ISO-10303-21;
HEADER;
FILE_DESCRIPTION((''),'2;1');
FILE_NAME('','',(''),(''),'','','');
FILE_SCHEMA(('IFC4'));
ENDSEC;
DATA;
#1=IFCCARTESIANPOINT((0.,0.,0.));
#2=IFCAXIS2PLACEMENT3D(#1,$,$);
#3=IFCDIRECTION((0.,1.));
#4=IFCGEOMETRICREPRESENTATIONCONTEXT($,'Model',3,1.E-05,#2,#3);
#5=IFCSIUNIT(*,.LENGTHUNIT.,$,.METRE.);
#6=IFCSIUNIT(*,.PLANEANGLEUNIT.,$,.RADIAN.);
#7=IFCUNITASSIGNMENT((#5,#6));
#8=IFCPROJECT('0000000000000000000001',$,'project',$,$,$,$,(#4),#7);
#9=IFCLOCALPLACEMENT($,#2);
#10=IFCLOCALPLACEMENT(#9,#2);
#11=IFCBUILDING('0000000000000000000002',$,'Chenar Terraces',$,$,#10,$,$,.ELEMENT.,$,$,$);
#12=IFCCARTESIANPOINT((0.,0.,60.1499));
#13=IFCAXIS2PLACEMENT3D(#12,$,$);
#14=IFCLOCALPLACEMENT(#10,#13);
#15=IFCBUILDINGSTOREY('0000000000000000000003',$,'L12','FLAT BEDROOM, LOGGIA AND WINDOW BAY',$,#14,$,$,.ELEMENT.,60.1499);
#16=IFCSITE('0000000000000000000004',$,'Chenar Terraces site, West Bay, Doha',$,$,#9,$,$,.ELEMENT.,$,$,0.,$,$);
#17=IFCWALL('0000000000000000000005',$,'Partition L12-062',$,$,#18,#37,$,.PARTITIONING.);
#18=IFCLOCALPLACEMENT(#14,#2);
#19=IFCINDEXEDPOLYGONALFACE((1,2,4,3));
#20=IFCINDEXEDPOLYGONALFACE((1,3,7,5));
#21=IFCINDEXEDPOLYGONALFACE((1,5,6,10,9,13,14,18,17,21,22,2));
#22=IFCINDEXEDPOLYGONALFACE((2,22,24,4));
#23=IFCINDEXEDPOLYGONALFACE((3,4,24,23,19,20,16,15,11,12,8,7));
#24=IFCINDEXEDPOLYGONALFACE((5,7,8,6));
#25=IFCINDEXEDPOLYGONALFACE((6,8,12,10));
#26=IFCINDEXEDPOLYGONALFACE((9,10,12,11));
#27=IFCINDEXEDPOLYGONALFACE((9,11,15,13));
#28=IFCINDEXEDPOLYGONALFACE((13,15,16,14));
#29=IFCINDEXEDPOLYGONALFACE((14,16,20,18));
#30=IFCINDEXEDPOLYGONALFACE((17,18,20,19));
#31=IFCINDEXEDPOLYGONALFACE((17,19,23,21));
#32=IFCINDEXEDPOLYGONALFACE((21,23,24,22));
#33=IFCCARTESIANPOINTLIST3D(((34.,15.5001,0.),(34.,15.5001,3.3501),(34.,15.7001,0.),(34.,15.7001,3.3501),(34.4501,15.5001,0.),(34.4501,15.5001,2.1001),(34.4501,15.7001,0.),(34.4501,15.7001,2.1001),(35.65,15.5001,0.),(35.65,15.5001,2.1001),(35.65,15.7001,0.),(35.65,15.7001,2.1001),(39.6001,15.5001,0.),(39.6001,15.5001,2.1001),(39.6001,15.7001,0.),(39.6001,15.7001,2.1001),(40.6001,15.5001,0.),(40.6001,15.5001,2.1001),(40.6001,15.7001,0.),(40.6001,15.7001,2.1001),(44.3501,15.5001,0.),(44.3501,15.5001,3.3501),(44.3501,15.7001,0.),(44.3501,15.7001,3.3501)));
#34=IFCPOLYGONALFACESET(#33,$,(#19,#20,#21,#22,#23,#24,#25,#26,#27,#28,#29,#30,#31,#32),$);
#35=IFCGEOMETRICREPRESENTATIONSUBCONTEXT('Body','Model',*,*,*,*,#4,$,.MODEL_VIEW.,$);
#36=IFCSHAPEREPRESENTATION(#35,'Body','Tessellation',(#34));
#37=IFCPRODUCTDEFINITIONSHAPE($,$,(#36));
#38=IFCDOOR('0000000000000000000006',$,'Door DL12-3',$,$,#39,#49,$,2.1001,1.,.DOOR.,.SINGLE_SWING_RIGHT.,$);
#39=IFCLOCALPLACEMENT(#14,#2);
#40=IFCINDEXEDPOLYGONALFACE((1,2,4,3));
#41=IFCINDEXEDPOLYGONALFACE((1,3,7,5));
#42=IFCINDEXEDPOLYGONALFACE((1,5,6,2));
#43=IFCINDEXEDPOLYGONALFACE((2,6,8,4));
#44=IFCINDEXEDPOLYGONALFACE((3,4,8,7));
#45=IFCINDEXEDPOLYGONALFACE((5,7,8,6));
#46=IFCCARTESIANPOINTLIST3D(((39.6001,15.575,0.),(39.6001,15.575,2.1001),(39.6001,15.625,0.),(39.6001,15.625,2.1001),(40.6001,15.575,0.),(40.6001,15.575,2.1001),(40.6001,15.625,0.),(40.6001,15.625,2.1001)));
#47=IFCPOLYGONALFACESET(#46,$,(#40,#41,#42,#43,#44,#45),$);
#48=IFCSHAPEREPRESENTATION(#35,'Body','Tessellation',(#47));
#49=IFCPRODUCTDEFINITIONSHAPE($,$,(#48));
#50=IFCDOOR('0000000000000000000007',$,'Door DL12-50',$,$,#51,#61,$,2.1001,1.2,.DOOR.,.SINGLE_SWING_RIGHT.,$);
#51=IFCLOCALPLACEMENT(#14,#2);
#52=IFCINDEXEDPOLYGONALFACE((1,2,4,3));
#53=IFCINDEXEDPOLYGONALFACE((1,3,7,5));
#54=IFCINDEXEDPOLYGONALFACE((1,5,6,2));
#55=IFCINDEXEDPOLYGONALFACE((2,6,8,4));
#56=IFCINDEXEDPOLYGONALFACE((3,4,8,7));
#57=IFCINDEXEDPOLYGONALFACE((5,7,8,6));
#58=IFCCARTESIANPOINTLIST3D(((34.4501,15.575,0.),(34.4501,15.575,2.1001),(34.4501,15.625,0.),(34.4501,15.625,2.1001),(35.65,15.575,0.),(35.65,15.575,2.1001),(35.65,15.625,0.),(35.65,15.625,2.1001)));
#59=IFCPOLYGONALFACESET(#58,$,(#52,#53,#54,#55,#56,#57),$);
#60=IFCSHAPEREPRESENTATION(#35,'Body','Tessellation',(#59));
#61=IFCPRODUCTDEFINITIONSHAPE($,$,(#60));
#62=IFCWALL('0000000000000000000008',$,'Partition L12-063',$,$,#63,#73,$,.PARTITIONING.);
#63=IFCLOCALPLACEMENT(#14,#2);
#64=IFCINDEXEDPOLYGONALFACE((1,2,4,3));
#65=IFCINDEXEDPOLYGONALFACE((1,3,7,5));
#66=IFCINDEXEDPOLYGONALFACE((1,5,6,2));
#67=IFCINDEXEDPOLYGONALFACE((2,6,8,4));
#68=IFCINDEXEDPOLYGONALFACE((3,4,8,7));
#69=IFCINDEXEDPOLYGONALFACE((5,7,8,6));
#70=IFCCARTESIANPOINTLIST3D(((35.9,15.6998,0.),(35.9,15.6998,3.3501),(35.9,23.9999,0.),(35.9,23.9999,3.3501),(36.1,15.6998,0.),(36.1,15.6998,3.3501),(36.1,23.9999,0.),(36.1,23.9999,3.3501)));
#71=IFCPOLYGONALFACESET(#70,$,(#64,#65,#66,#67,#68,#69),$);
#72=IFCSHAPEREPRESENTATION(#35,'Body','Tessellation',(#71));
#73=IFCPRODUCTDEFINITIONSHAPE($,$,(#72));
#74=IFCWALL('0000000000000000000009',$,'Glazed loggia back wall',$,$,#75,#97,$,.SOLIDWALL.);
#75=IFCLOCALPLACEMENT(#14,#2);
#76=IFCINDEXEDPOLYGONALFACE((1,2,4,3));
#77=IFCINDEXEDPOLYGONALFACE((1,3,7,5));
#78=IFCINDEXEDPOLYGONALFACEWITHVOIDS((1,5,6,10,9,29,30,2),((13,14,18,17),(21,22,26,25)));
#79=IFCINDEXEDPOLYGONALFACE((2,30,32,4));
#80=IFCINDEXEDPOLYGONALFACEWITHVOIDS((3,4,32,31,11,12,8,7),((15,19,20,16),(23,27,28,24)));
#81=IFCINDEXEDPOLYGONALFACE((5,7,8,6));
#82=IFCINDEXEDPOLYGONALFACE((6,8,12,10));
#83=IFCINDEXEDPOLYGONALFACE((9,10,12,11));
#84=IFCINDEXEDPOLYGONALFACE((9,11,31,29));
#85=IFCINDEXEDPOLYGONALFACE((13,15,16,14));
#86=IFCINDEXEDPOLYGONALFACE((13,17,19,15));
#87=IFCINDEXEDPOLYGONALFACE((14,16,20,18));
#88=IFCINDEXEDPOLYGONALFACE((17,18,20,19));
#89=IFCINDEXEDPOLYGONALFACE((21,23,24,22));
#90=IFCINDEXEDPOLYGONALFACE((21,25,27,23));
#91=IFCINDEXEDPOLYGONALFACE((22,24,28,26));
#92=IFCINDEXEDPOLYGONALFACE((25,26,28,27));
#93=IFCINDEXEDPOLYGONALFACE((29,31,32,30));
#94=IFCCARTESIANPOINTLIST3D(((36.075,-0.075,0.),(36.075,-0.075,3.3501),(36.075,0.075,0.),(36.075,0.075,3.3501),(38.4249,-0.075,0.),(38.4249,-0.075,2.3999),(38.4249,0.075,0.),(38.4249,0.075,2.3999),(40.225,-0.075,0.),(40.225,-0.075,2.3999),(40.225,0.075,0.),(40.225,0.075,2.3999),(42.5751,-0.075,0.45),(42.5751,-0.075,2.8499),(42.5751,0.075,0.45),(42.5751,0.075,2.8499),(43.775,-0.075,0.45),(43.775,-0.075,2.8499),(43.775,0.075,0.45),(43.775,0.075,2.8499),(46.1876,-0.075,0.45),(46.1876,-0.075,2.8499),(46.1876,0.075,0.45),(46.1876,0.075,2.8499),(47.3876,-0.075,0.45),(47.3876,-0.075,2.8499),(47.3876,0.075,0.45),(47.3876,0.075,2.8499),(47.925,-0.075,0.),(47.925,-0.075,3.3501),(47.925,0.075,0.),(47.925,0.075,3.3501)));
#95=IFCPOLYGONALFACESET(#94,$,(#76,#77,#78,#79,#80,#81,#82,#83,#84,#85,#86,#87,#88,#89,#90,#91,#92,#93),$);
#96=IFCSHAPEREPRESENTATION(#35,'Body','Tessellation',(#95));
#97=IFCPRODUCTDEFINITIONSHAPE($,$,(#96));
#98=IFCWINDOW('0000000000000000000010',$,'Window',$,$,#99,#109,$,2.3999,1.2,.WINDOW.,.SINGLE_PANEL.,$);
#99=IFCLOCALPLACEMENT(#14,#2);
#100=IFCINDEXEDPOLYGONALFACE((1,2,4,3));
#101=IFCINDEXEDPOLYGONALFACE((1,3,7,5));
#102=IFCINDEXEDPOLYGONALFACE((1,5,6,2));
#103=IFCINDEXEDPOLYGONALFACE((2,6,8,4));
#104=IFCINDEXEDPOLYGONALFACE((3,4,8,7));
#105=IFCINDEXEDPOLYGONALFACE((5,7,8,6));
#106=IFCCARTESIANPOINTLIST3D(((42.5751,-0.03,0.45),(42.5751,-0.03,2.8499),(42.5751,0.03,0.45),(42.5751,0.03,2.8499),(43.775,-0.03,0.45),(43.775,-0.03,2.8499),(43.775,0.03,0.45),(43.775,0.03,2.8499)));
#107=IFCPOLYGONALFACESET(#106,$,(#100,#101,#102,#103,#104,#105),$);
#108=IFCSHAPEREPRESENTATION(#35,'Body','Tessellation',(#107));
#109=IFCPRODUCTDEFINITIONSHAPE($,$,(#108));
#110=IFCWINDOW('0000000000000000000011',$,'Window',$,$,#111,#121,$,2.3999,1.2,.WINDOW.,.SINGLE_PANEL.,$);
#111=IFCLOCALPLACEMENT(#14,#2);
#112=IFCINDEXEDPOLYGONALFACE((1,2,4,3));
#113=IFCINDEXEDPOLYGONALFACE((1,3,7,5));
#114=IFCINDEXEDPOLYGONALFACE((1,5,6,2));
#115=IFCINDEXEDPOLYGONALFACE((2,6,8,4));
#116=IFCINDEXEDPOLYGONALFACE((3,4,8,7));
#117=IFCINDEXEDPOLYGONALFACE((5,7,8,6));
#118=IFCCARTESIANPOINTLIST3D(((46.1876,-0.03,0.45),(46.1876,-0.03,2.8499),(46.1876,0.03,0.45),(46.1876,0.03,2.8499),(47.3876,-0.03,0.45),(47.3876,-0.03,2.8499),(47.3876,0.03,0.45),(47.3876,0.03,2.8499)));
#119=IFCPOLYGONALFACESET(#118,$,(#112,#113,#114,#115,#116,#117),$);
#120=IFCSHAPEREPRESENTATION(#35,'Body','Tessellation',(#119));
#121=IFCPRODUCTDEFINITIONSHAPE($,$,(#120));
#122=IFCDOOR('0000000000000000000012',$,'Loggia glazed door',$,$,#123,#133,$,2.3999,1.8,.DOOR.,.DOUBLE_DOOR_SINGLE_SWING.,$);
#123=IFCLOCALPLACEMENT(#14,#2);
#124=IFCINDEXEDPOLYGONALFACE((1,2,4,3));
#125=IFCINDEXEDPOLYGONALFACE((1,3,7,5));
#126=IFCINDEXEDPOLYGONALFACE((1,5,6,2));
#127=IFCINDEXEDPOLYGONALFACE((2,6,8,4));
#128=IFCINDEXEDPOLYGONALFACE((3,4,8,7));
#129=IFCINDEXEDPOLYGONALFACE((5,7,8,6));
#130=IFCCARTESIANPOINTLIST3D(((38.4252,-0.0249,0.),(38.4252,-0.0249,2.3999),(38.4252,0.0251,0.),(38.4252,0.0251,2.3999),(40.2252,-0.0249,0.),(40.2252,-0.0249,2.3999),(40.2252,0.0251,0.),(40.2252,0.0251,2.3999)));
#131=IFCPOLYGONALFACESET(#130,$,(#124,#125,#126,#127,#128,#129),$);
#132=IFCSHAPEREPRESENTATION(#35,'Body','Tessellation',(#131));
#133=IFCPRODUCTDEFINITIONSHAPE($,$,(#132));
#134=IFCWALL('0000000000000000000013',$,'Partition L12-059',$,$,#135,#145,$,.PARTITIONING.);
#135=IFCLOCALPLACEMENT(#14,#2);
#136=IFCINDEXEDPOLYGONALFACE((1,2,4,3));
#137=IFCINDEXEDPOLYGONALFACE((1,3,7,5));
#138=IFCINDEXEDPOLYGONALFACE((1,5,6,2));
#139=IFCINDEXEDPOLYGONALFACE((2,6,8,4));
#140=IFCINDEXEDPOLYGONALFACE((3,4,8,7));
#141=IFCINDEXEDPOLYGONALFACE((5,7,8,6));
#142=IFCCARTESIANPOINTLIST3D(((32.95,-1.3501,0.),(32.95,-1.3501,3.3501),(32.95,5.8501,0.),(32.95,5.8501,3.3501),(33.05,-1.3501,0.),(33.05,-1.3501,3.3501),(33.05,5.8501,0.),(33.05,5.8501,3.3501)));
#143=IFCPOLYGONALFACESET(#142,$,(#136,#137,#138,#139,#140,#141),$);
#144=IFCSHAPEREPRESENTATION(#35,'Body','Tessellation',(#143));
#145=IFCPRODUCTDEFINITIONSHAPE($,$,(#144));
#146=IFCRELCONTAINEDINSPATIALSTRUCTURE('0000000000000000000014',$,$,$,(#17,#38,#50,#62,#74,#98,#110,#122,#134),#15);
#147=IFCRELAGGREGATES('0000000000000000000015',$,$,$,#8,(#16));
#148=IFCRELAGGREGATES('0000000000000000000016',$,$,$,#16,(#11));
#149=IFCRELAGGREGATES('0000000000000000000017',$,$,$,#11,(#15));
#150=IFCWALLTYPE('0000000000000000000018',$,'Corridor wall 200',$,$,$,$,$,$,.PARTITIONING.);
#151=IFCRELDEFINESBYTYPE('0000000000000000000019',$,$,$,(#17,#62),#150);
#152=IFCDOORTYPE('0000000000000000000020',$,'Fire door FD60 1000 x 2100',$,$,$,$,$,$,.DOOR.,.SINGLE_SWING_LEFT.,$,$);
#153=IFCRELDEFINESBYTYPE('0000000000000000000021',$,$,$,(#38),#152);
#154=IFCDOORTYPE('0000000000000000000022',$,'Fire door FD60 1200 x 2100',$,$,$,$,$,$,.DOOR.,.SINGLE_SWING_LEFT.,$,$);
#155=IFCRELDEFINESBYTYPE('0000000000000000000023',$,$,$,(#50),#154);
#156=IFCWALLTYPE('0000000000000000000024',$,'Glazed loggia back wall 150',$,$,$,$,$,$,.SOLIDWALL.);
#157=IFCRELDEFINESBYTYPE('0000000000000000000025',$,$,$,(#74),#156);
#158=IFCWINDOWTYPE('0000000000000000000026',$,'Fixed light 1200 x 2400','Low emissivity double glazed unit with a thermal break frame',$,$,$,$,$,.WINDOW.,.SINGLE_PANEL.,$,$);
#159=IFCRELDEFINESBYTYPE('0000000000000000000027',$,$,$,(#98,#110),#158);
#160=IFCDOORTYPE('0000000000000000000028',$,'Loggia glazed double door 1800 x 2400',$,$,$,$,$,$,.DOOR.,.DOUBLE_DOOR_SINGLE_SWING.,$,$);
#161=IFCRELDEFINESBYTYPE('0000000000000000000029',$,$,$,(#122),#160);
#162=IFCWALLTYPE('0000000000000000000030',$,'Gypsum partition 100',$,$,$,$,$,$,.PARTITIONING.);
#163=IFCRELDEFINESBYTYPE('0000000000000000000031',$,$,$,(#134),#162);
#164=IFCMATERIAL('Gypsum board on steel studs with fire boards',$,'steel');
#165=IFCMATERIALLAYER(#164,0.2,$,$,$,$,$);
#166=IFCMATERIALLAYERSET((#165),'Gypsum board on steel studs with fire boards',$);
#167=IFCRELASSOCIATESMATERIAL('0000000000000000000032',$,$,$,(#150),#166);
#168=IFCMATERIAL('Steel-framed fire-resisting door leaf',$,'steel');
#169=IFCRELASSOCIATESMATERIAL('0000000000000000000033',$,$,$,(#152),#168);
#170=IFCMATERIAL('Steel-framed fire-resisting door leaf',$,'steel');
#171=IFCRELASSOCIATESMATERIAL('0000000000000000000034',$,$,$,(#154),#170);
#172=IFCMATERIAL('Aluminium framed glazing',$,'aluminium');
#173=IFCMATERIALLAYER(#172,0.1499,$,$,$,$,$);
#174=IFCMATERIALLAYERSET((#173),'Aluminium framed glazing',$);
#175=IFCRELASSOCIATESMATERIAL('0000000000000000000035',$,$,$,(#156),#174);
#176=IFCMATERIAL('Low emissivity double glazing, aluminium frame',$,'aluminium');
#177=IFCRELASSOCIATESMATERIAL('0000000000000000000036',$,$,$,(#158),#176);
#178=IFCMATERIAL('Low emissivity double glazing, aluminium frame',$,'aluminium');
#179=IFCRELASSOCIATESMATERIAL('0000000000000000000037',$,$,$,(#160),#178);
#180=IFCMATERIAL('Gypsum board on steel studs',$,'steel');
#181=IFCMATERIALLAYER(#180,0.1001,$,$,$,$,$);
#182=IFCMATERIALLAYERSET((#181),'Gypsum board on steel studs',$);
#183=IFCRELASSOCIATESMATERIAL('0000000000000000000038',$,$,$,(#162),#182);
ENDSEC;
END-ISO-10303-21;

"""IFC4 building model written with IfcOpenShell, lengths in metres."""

from ifc_helpers import new_model, si_unit, direction, frame, frame_2d, origin, place, context, subcontext, project, spatial, rectangle, extrude, material, layer, layer_set, type_object, element, fill, save


model = new_model("IFC4")

# Units and contexts
model_context = context("Model", 3, precision=1e-05, world=origin(), true_north=direction((0.0, 1.0)))
body_context = subcontext(model_context, "Body", "Model", "MODEL_VIEW")
ifc_project = project(units=[si_unit("LENGTHUNIT", "METRE"), si_unit("PLANEANGLEUNIT", "RADIAN")], contexts=[model_context])

# Site, building, storey
site_placement = place(None, origin())
site = spatial("IfcSite", under=ifc_project, at=site_placement, Name="Chenar Terraces site, West Bay, Doha", CompositionType="ELEMENT", RefElevation=0.0)
building_placement = place(site_placement, origin())
building = spatial("IfcBuilding", under=site, at=building_placement, Name="Chenar Terraces", CompositionType="ELEMENT")
storey_placement = place(building_placement, frame((0.0, 0.0, 60.1499)))
storey = spatial("IfcBuildingStorey", under=building, at=storey_placement, Name="L12", Description="FLAT BEDROOM, LOGGIA AND WINDOW BAY", CompositionType="ELEMENT", Elevation=60.1499)

# Shared definitions
ifc_material_1 = material(Name="Gypsum board on steel studs with fire boards", Category="steel")
ifc_layer_1 = layer(ifc_material_1, 0.2)
ifc_layer_set_1 = layer_set([ifc_layer_1], Name="Gypsum board on steel studs with fire boards")
wall_type_1 = type_object("IfcWallType", Name="Corridor wall 200", PredefinedType="PARTITIONING", material=ifc_layer_set_1)

# Wall, openings, doors
wall_1_placement = place(storey_placement, frame((34.0, 15.6001, 0.0), z_axis=(0.0, 0.0, 1.0), x_axis=(1.0, 0.0, 0.0)))
wall_1 = element("IfcWall", 1, at=wall_1_placement, inside=storey, type_object=wall_type_1, Name="Partition L12-062", PredefinedType="PARTITIONING", context=body_context, shape_type="SweptSolid", body=[
    extrude(rectangle(XDim=10.3501, YDim=0.2, at=frame_2d((5.175, 0.0))), origin(), (0.0, 0.0, 1.0), 3.3501),
])
opening_1_placement = place(wall_1_placement, frame((5.6001, 0.0, 0.0)))
opening_1 = element("IfcOpeningElement", 2, at=opening_1_placement, cuts=wall_1, PredefinedType="OPENING", context=body_context, shape_type="SweptSolid", body=[
    extrude(rectangle(XDim=1.0, YDim=2.1001, at=frame_2d((0.5, 1.05))), frame((0.0, 0.1099, 0.0), z_axis=(0.0, -1.0, 0.0), x_axis=(1.0, 0.0, 0.0)), (0.0, 0.0, 1.0), 0.22),
])
opening_2_placement = place(wall_1_placement, frame((0.45, 0.0, 0.0)))
opening_2 = element("IfcOpeningElement", 3, at=opening_2_placement, cuts=wall_1, PredefinedType="OPENING", context=body_context, shape_type="SweptSolid", body=[
    extrude(rectangle(XDim=1.2, YDim=2.1001, at=frame_2d((0.6001, 1.05))), frame((0.0, 0.1099, 0.0), z_axis=(0.0, -1.0, 0.0), x_axis=(1.0, 0.0, 0.0)), (0.0, 0.0, 1.0), 0.22),
])
ifc_material_2 = material(Name="Steel-framed fire-resisting door leaf", Category="steel")
door_type_1 = type_object("IfcDoorType", Name="Fire door FD60 1000 x 2100", OperationType="SINGLE_SWING_LEFT", PredefinedType="DOOR", material=ifc_material_2)
door_1_placement = place(opening_1_placement, origin())
door_1 = element("IfcDoor", 4, at=door_1_placement, inside=storey, type_object=door_type_1, Name="Door DL12-3", OperationType="SINGLE_SWING_RIGHT", OverallHeight=2.1001, OverallWidth=1.0, PredefinedType="DOOR", context=body_context, shape_type="SweptSolid", body=[
    extrude(rectangle(XDim=1.0, YDim=2.1001, at=frame_2d((0.5, 1.05))), frame((0.0, 0.0249, 0.0), z_axis=(0.0, -1.0, 0.0), x_axis=(1.0, 0.0, 0.0)), (0.0, 0.0, 1.0), 0.05),
])
fill(opening_1, door_1)
ifc_material_3 = material(Name="Steel-framed fire-resisting door leaf", Category="steel")
door_type_2 = type_object("IfcDoorType", Name="Fire door FD60 1200 x 2100", OperationType="SINGLE_SWING_LEFT", PredefinedType="DOOR", material=ifc_material_3)
door_2_placement = place(opening_2_placement, origin())
door_2 = element("IfcDoor", 5, at=door_2_placement, inside=storey, type_object=door_type_2, Name="Door DL12-50", OperationType="SINGLE_SWING_RIGHT", OverallHeight=2.1001, OverallWidth=1.2, PredefinedType="DOOR", context=body_context, shape_type="SweptSolid", body=[
    extrude(rectangle(XDim=1.2, YDim=2.1001, at=frame_2d((0.6001, 1.05))), frame((0.0, 0.0249, 0.0), z_axis=(0.0, -1.0, 0.0), x_axis=(1.0, 0.0, 0.0)), (0.0, 0.0, 1.0), 0.05),
])
fill(opening_2, door_2)

# Wall
wall_2_placement = place(storey_placement, frame((36.0, 15.7, 0.0), z_axis=(0.0, 0.0, 1.0), x_axis=(0.0, 1.0, 0.0)))
element("IfcWall", 6, at=wall_2_placement, inside=storey, type_object=wall_type_1, Name="Partition L12-063", PredefinedType="PARTITIONING", context=body_context, shape_type="SweptSolid", body=[
    extrude(rectangle(XDim=8.3, YDim=0.2, at=frame_2d((4.1499, 0.0))), origin(), (0.0, 0.0, 1.0), 3.3501),
])

# Wall, openings, windows, door
ifc_material_4 = material(Name="Aluminium framed glazing", Category="aluminium")
ifc_layer_2 = layer(ifc_material_4, 0.1499)
ifc_layer_set_2 = layer_set([ifc_layer_2], Name="Aluminium framed glazing")
wall_type_2 = type_object("IfcWallType", Name="Glazed loggia back wall 150", PredefinedType="SOLIDWALL", material=ifc_layer_set_2)
wall_3_placement = place(storey_placement, frame((36.075, 0.0, 0.0), z_axis=(0.0, 0.0, 1.0), x_axis=(1.0, 0.0, 0.0)))
wall_3 = element("IfcWall", 7, at=wall_3_placement, inside=storey, type_object=wall_type_2, Name="Glazed loggia back wall", PredefinedType="SOLIDWALL", context=body_context, shape_type="SweptSolid", body=[
    extrude(rectangle(XDim=11.8501, YDim=0.1499, at=frame_2d((5.925, 0.0))), origin(), (0.0, 0.0, 1.0), 3.3501),
])
opening_3_placement = place(wall_3_placement, frame((2.3501, 0.0, 0.0)))
opening_3 = element("IfcOpeningElement", 8, at=opening_3_placement, cuts=wall_3, PredefinedType="OPENING", context=body_context, shape_type="SweptSolid", body=[
    extrude(rectangle(XDim=1.8, YDim=2.3999, at=frame_2d((0.8999, 1.2))), frame((0.0, 0.085, 0.0), z_axis=(0.0, -1.0, 0.0), x_axis=(1.0, 0.0, 0.0)), (0.0, 0.0, 1.0), 0.1699),
])
opening_4_placement = place(wall_3_placement, frame((6.5, 0.0, 0.45)))
opening_4 = element("IfcOpeningElement", 9, at=opening_4_placement, cuts=wall_3, PredefinedType="OPENING", context=body_context, shape_type="SweptSolid", body=[
    extrude(rectangle(XDim=1.2, YDim=2.3999, at=frame_2d((0.6001, 1.2))), frame((0.0, 0.085, 0.0), z_axis=(0.0, -1.0, 0.0), x_axis=(1.0, 0.0, 0.0)), (0.0, 0.0, 1.0), 0.1699),
])
opening_5_placement = place(wall_3_placement, frame((10.1125, 0.0, 0.45)))
opening_5 = element("IfcOpeningElement", 10, at=opening_5_placement, cuts=wall_3, PredefinedType="OPENING", context=body_context, shape_type="SweptSolid", body=[
    extrude(rectangle(XDim=1.2, YDim=2.3999, at=frame_2d((0.6001, 1.2))), frame((0.0, 0.085, 0.0), z_axis=(0.0, -1.0, 0.0), x_axis=(1.0, 0.0, 0.0)), (0.0, 0.0, 1.0), 0.1699),
])
ifc_material_5 = material(Name="Low emissivity double glazing, aluminium frame", Category="aluminium")
window_type = type_object("IfcWindowType", Name="Fixed light 1200 x 2400", Description="Low emissivity double glazed unit with a thermal break frame", PartitioningType="SINGLE_PANEL", PredefinedType="WINDOW", material=ifc_material_5)
window_1_placement = place(opening_4_placement, origin())
window_1 = element("IfcWindow", 11, at=window_1_placement, inside=storey, type_object=window_type, Name="Window", OverallHeight=2.3999, OverallWidth=1.2, PartitioningType="SINGLE_PANEL", PredefinedType="WINDOW", context=body_context, shape_type="SweptSolid", body=[
    extrude(rectangle(XDim=1.2, YDim=2.3999, at=frame_2d((0.6001, 1.2))), frame((0.0, 0.03, 0.0), z_axis=(0.0, -1.0, 0.0), x_axis=(1.0, 0.0, 0.0)), (0.0, 0.0, 1.0), 0.0601),
])
fill(opening_4, window_1)
window_2_placement = place(opening_5_placement, origin())
window_2 = element("IfcWindow", 12, at=window_2_placement, inside=storey, type_object=window_type, Name="Window", OverallHeight=2.3999, OverallWidth=1.2, PartitioningType="SINGLE_PANEL", PredefinedType="WINDOW", context=body_context, shape_type="SweptSolid", body=[
    extrude(rectangle(XDim=1.2, YDim=2.3999, at=frame_2d((0.6001, 1.2))), frame((0.0, 0.03, 0.0), z_axis=(0.0, -1.0, 0.0), x_axis=(1.0, 0.0, 0.0)), (0.0, 0.0, 1.0), 0.0601),
])
fill(opening_5, window_2)
ifc_material_6 = material(Name="Low emissivity double glazing, aluminium frame", Category="aluminium")
door_type_3 = type_object("IfcDoorType", Name="Loggia glazed double door 1800 x 2400", OperationType="DOUBLE_DOOR_SINGLE_SWING", PredefinedType="DOOR", material=ifc_material_6)
door_3_placement = place(opening_3_placement, frame((1.8, 0.0, 0.0), z_axis=(0.0, 0.0, 1.0), x_axis=(-1.0, 0.0, 0.0)))
door_3 = element("IfcDoor", 13, at=door_3_placement, inside=storey, type_object=door_type_3, Name="Loggia glazed door", OperationType="DOUBLE_DOOR_SINGLE_SWING", OverallHeight=2.3999, OverallWidth=1.8, PredefinedType="DOOR", context=body_context, shape_type="SweptSolid", body=[
    extrude(rectangle(XDim=1.8, YDim=2.3999, at=frame_2d((0.8999, 1.2))), frame((0.0, 0.0249, 0.0), z_axis=(0.0, -1.0, 0.0), x_axis=(1.0, 0.0, 0.0)), (0.0, 0.0, 1.0), 0.05),
])
fill(opening_3, door_3)

# Wall
ifc_material_7 = material(Name="Gypsum board on steel studs", Category="steel")
ifc_layer_3 = layer(ifc_material_7, 0.1001)
ifc_layer_set_3 = layer_set([ifc_layer_3], Name="Gypsum board on steel studs")
wall_type_3 = type_object("IfcWallType", Name="Gypsum partition 100", PredefinedType="PARTITIONING", material=ifc_layer_set_3)
wall_4_placement = place(storey_placement, frame((33.0, -1.3501, 0.0), z_axis=(0.0, 0.0, 1.0), x_axis=(0.0, 1.0, 0.0)))
element("IfcWall", 14, at=wall_4_placement, inside=storey, type_object=wall_type_3, Name="Partition L12-059", PredefinedType="PARTITIONING", context=body_context, shape_type="SweptSolid", body=[
    extrude(rectangle(XDim=7.2002, YDim=0.1001, at=frame_2d((3.6001, 0.0))), origin(), (0.0, 0.0, 1.0), 3.3501),
])

save(model, "model.ifc")
